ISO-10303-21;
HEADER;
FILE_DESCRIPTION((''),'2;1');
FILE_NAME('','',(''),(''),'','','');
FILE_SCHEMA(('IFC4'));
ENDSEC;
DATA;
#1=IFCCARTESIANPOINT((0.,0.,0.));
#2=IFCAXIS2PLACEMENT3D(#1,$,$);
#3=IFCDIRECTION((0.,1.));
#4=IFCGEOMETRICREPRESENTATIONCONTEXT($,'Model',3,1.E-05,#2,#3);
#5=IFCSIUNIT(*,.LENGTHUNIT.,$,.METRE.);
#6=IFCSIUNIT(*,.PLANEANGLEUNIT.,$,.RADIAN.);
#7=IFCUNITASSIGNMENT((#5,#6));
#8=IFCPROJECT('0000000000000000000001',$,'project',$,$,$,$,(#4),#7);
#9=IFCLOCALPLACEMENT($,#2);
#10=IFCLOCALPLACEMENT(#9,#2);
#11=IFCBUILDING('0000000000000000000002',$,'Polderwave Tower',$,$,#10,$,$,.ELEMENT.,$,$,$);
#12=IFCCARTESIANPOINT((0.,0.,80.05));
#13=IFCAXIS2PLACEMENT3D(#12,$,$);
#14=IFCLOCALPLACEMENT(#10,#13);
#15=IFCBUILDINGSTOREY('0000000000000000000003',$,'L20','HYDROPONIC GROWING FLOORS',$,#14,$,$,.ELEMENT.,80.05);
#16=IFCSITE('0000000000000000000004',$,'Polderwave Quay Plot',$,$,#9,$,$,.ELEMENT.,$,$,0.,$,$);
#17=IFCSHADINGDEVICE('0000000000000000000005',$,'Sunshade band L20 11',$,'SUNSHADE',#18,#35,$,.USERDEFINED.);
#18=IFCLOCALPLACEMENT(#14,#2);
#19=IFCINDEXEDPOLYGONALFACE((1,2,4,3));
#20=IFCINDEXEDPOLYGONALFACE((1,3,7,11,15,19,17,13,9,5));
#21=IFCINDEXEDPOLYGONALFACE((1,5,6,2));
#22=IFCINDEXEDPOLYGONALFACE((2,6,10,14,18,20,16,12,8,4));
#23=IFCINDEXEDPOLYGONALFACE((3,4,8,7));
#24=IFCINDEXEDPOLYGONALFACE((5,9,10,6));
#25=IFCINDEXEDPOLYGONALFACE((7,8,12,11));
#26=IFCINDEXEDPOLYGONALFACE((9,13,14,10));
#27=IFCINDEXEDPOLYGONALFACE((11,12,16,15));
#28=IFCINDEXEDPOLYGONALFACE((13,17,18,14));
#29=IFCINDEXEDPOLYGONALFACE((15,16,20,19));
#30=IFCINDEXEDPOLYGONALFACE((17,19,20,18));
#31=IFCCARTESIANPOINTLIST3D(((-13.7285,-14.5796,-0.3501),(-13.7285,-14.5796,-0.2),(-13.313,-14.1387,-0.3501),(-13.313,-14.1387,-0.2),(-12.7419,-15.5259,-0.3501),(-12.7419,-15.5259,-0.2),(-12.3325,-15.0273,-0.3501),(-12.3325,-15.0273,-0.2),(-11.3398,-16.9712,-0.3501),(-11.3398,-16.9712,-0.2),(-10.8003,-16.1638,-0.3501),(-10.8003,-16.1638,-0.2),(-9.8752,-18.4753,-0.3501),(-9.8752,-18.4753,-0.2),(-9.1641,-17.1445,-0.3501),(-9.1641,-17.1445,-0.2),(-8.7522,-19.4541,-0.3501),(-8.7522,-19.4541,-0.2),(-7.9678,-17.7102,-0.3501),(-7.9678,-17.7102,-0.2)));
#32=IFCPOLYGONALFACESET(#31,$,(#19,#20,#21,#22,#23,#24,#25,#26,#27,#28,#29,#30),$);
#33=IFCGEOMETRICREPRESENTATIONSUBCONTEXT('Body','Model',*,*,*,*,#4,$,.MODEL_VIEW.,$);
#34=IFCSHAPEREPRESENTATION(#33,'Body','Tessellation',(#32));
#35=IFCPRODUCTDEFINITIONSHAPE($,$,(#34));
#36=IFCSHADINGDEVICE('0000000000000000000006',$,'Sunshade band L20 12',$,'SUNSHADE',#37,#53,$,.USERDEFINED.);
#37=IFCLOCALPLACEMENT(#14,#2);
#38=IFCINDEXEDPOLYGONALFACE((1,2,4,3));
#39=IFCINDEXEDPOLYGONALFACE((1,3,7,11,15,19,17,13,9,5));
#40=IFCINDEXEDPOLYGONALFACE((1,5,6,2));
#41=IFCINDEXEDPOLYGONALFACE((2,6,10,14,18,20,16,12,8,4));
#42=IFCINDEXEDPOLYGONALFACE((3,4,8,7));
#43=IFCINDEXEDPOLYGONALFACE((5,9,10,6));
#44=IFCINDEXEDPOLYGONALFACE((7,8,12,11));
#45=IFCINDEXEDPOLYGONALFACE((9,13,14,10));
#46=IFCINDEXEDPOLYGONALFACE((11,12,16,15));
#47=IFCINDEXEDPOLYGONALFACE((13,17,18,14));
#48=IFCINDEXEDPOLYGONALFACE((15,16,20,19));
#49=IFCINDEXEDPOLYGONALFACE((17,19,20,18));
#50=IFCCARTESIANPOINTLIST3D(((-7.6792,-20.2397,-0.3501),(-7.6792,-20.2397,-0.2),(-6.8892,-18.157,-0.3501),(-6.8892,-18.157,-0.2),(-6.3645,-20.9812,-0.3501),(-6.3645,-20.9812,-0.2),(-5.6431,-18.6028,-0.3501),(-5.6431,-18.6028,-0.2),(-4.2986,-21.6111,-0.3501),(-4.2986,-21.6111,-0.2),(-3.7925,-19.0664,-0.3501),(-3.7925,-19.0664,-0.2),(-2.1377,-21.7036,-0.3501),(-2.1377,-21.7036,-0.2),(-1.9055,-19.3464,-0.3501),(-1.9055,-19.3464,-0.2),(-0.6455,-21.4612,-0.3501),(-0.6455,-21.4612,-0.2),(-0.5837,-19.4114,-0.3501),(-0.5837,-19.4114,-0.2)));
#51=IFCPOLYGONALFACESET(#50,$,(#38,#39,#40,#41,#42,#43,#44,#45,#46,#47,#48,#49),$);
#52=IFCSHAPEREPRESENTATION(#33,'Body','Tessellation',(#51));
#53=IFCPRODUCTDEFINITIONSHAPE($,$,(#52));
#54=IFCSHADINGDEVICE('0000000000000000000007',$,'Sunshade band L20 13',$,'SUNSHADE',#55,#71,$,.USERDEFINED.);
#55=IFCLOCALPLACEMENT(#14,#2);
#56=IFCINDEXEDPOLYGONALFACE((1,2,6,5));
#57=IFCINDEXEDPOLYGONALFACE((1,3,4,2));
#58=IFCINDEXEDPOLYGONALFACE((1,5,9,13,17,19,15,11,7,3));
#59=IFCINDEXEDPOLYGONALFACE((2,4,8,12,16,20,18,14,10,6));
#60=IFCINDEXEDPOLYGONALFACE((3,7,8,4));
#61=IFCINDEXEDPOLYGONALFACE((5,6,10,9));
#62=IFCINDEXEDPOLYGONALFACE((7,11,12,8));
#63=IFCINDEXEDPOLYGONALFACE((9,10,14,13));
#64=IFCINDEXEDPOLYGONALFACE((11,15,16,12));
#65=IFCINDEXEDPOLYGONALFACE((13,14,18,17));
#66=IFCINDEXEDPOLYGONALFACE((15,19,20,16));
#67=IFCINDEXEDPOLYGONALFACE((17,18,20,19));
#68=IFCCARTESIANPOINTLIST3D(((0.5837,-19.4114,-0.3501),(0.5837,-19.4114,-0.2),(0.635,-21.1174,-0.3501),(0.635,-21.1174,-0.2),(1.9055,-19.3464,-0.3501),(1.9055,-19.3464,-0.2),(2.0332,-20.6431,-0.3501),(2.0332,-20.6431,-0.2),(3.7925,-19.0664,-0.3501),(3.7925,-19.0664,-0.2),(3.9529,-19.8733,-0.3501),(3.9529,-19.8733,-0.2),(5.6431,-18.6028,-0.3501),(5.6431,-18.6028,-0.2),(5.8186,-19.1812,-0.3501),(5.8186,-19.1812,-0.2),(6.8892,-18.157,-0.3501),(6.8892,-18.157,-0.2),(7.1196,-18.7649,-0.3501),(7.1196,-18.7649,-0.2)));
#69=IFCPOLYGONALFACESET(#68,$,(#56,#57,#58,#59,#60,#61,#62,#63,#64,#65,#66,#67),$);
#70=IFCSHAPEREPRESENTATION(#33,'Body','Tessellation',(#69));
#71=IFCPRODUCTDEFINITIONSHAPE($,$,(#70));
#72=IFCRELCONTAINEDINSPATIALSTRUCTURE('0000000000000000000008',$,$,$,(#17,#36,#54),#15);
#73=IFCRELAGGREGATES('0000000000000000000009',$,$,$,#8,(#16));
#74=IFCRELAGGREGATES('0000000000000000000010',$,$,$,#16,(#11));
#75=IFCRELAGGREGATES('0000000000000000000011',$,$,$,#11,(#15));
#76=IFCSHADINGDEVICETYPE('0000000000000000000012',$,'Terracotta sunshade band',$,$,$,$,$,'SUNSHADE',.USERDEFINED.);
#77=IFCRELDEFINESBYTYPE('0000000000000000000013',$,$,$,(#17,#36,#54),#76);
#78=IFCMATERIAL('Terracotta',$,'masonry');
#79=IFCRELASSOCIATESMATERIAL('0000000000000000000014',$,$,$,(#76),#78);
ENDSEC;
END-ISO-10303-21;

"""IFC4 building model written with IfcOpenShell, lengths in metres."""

from ifc_helpers import new_model, si_unit, direction, frame, origin, place, context, subcontext, project, spatial, polyline, outline, extrude, material, type_object, element, save


model = new_model("IFC4")

# Units and contexts
model_context = context("Model", 3, precision=1e-05, world=origin(), true_north=direction((0.0, 1.0)))
body_context = subcontext(model_context, "Body", "Model", "MODEL_VIEW")
ifc_project = project(units=[si_unit("LENGTHUNIT", "METRE"), si_unit("PLANEANGLEUNIT", "RADIAN")], contexts=[model_context])

# Site, building, storey
site_placement = place(None, origin())
site = spatial("IfcSite", under=ifc_project, at=site_placement, Name="Polderwave Quay Plot", CompositionType="ELEMENT", RefElevation=0.0)
building_placement = place(site_placement, origin())
building = spatial("IfcBuilding", under=site, at=building_placement, Name="Polderwave Tower", CompositionType="ELEMENT")
storey_placement = place(building_placement, frame((0.0, 0.0, 80.05)))
storey = spatial("IfcBuildingStorey", under=building, at=storey_placement, Name="L20", Description="HYDROPONIC GROWING FLOORS", CompositionType="ELEMENT", Elevation=80.05)

# Shading devices
ifc_material_1 = material(Name="Terracotta", Category="masonry")
shading_device_type = type_object("IfcShadingDeviceType", Name="Terracotta sunshade band", ElementType="SUNSHADE", PredefinedType="USERDEFINED", material=ifc_material_1)
shading_device_1_placement = place(storey_placement, frame((0.0, 0.0, -0.3501)))
element("IfcShadingDevice", 1, at=shading_device_1_placement, inside=storey, type_object=shading_device_type, Name="Sunshade band L20 11", ObjectType="SUNSHADE", PredefinedType="USERDEFINED", context=body_context, shape_type="SweptSolid", body=[
    extrude(outline(polyline([(-13.313, -14.1387), (-12.3325, -15.0273), (-10.8003, -16.1638), (-9.1641, -17.1445), (-7.9678, -17.7102), (-8.7522, -19.4541), (-9.8752, -18.4753), (-11.3398, -16.9712), (-12.7419, -15.5259), (-13.7285, -14.5796), (-13.313, -14.1387)])), origin(), (0.0, 0.0, 1.0), 0.1501),
])
shading_device_2_placement = place(storey_placement, frame((0.0, 0.0, -0.3501)))
element("IfcShadingDevice", 2, at=shading_device_2_placement, inside=storey, type_object=shading_device_type, Name="Sunshade band L20 12", ObjectType="SUNSHADE", PredefinedType="USERDEFINED", context=body_context, shape_type="SweptSolid", body=[
    extrude(outline(polyline([(-6.8892, -18.157), (-5.6431, -18.6028), (-3.7925, -19.0664), (-1.9055, -19.3464), (-0.5837, -19.4114), (-0.6455, -21.4612), (-2.1377, -21.7036), (-4.2986, -21.6111), (-6.3645, -20.9812), (-7.6792, -20.2397), (-6.8892, -18.157)])), origin(), (0.0, 0.0, 1.0), 0.1501),
])
shading_device_3_placement = place(storey_placement, frame((0.0, 0.0, -0.3501)))
element("IfcShadingDevice", 3, at=shading_device_3_placement, inside=storey, type_object=shading_device_type, Name="Sunshade band L20 13", ObjectType="SUNSHADE", PredefinedType="USERDEFINED", context=body_context, shape_type="SweptSolid", body=[
    extrude(outline(polyline([(0.5837, -19.4114), (1.9055, -19.3464), (3.7925, -19.0664), (5.6431, -18.6028), (6.8892, -18.157), (7.1196, -18.7649), (5.8186, -19.1812), (3.9529, -19.8733), (2.0332, -20.6431), (0.635, -21.1174), (0.5837, -19.4114)])), origin(), (0.0, 0.0, 1.0), 0.1501),
])

save(model, "model.ifc")
